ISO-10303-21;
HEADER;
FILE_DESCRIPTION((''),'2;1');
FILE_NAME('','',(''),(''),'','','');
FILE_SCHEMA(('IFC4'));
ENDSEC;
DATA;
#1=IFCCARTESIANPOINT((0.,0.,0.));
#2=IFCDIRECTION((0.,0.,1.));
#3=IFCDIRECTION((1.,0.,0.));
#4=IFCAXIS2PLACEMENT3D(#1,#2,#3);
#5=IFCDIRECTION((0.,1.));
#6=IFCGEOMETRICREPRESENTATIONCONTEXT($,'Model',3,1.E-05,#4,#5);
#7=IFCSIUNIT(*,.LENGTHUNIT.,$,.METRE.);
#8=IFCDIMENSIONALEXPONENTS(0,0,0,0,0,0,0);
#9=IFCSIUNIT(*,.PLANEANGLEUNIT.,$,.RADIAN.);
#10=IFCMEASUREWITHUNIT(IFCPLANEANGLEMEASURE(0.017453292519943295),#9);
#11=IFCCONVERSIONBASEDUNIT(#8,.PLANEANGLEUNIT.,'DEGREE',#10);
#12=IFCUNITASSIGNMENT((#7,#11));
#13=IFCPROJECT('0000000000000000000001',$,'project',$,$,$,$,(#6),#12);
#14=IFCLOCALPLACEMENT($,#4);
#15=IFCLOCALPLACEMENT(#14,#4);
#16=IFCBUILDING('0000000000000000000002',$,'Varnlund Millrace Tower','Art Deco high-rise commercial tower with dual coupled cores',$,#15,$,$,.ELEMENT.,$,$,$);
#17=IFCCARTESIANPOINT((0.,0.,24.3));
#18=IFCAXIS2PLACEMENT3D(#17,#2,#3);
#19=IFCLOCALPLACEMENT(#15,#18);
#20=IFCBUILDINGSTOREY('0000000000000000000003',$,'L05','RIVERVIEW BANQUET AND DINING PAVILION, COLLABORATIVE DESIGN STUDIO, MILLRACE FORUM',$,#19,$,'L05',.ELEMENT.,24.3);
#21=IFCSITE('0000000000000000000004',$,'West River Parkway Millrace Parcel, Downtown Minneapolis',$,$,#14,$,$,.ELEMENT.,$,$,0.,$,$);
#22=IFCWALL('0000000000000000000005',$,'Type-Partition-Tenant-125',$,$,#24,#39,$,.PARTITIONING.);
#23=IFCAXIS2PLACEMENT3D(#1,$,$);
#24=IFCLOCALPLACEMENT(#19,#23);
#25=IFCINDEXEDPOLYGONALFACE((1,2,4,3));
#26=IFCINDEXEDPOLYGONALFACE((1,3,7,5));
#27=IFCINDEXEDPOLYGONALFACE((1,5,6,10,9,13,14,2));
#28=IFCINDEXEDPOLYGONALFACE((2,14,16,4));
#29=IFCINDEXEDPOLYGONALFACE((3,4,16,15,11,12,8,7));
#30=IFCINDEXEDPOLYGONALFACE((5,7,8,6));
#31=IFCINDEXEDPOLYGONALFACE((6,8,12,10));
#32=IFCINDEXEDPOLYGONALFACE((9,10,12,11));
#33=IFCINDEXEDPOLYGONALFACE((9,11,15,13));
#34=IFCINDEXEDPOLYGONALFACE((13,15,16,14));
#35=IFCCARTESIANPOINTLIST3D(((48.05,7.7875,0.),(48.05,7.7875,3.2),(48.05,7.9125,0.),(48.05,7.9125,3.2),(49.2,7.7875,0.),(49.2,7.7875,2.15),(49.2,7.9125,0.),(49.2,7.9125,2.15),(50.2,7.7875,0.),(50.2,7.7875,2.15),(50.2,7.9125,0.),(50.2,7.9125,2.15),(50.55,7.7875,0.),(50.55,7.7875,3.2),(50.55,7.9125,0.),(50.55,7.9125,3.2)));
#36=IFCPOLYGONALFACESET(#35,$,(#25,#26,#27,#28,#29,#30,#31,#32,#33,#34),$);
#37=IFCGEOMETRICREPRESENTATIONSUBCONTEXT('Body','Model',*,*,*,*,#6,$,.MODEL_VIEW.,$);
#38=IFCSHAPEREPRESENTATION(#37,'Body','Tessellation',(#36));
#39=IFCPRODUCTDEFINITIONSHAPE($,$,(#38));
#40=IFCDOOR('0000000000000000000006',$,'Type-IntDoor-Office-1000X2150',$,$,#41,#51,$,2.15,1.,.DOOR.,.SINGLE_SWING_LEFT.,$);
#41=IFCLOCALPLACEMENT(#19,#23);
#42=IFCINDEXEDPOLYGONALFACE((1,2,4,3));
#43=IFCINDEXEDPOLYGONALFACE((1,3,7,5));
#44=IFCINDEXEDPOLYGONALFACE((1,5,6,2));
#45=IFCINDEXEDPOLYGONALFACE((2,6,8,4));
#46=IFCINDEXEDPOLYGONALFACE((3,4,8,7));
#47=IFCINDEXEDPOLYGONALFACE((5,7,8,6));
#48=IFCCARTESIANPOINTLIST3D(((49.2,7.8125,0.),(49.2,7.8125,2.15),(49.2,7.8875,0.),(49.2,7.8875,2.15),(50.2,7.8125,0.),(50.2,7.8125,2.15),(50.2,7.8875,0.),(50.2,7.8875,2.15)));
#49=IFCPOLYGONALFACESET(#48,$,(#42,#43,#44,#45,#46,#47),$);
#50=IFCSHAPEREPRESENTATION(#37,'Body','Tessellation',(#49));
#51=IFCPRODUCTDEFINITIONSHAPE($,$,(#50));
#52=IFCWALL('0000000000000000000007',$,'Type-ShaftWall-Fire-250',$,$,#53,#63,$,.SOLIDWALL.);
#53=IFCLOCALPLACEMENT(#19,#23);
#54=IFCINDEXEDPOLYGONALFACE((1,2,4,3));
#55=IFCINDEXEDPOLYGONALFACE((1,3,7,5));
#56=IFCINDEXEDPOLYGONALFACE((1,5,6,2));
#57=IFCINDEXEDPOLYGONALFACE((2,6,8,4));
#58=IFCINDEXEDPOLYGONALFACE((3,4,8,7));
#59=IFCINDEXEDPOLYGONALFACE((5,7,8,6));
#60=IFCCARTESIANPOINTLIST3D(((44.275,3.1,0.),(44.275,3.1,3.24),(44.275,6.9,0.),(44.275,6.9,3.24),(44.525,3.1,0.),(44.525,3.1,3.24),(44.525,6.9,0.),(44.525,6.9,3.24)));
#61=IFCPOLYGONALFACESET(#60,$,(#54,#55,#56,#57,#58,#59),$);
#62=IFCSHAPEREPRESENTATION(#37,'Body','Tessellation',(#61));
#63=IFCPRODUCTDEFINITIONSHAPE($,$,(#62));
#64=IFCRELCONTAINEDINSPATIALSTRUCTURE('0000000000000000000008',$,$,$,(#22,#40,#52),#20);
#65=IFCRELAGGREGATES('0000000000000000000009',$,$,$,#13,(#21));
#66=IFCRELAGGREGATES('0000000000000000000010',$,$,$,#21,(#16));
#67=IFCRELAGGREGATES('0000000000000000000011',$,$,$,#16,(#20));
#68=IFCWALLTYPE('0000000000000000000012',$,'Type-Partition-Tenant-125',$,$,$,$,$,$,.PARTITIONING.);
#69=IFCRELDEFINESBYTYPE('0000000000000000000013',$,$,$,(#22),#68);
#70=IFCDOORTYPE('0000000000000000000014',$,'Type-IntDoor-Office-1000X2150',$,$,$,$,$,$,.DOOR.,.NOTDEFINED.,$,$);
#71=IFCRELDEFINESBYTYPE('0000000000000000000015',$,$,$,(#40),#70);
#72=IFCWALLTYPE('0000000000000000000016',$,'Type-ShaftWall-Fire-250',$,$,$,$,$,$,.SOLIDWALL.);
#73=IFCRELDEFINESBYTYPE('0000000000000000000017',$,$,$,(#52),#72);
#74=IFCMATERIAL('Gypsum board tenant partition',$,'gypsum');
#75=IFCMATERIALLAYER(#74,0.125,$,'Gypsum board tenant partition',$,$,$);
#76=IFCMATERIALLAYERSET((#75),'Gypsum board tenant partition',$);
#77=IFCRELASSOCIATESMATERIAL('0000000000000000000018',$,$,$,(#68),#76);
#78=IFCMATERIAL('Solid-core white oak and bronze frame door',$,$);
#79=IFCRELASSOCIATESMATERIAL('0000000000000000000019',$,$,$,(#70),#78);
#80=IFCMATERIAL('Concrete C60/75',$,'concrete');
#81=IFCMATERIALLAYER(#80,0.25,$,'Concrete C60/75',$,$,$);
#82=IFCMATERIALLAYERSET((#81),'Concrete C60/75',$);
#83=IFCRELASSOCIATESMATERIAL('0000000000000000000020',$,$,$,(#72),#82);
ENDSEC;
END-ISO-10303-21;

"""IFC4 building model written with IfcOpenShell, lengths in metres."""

from ifc_helpers import new_model, entity, si_unit, converted_unit, direction, frame, origin_with_axes, origin_2d_with_axis, place, context, subcontext, project, spatial, polyline, rectangle, outline, extrude, material, layer, layer_set, type_object, element, fill, save


model = new_model("IFC4")

# Units and contexts
model_context = context("Model", 3, precision=1e-05, world=origin_with_axes(), true_north=direction((0.0, 1.0)))
body_context = subcontext(model_context, "Body", "Model", "MODEL_VIEW")
ifc_project = project(units=[si_unit("LENGTHUNIT", "METRE"), converted_unit("PLANEANGLEUNIT", "DEGREE", entity("IfcPlaneAngleMeasure", 0.017453292519943295), si_unit("PLANEANGLEUNIT", "RADIAN"), dimensions=[0, 0, 0, 0, 0, 0, 0])], contexts=[model_context])

# Site, building, storey
site_placement = place(None, origin_with_axes())
site = spatial("IfcSite", under=ifc_project, at=site_placement, Name="West River Parkway Millrace Parcel, Downtown Minneapolis", CompositionType="ELEMENT", RefElevation=0.0)
building_placement = place(site_placement, origin_with_axes())
building = spatial("IfcBuilding", under=site, at=building_placement, Name="Varnlund Millrace Tower", Description="Art Deco high-rise commercial tower with dual coupled cores", CompositionType="ELEMENT")
storey_placement = place(building_placement, frame((0.0, 0.0, 24.3), z_axis=(0.0, 0.0, 1.0), x_axis=(1.0, 0.0, 0.0)))
storey = spatial("IfcBuildingStorey", under=building, at=storey_placement, Name="L05", Description="RIVERVIEW BANQUET AND DINING PAVILION, COLLABORATIVE DESIGN STUDIO, MILLRACE FORUM", LongName="L05", CompositionType="ELEMENT", Elevation=24.3)

# Wall, opening, door
ifc_material_1 = material(Name="Gypsum board tenant partition", Category="gypsum")
ifc_layer_1 = layer(ifc_material_1, 0.125, Name="Gypsum board tenant partition")
ifc_layer_set_1 = layer_set([ifc_layer_1], Name="Gypsum board tenant partition")
wall_type_1 = type_object("IfcWallType", Name="Type-Partition-Tenant-125", PredefinedType="PARTITIONING", material=ifc_layer_set_1)
wall_1_placement = place(storey_placement, frame((48.05, 7.85, 0.0), z_axis=(0.0, 0.0, 1.0), x_axis=(1.0, 0.0, 0.0)))
wall_1 = element("IfcWall", 1, at=wall_1_placement, inside=storey, type_object=wall_type_1, Name="Type-Partition-Tenant-125", PredefinedType="PARTITIONING", context=body_context, shape_type="SweptSolid", body=[
    extrude(outline(polyline([(0.0, -0.0625), (2.5, -0.0625), (2.5, 0.0625), (0.0, 0.0625), (0.0, -0.0625)])), origin_with_axes(), (0.0, 0.0, 1.0), 3.2),
])
opening_1_placement = place(wall_1_placement, frame((1.65, 0.0, 0.0), z_axis=(0.0, 0.0, 1.0), x_axis=(1.0, 0.0, 0.0)))
opening_1 = element("IfcOpeningElement", 2, at=opening_1_placement, cuts=wall_1, PredefinedType="OPENING", context=body_context, shape_type="SweptSolid", body=[
    extrude(rectangle(XDim=1.0, YDim=0.145, at=origin_2d_with_axis()), origin_with_axes(), (0.0, 0.0, 1.0), 2.15),
])
ifc_material_2 = material(Name="Solid-core white oak and bronze frame door")
door_type_1 = type_object("IfcDoorType", Name="Type-IntDoor-Office-1000X2150", OperationType="NOTDEFINED", PredefinedType="DOOR", material=ifc_material_2)
door_1_placement = place(wall_1_placement, frame((1.65, 0.0, 0.0), z_axis=(0.0, 0.0, 1.0), x_axis=(1.0, 0.0, 0.0)))
door_1 = element("IfcDoor", 3, at=door_1_placement, inside=storey, type_object=door_type_1, Name="Type-IntDoor-Office-1000X2150", OperationType="SINGLE_SWING_LEFT", OverallHeight=2.15, OverallWidth=1.0, PredefinedType="DOOR", context=body_context, shape_type="SweptSolid", body=[
    extrude(rectangle(XDim=1.0, YDim=0.075, at=origin_2d_with_axis()), origin_with_axes(), (0.0, 0.0, 1.0), 2.15),
])
fill(opening_1, door_1)

# Wall
ifc_material_3 = material(Name="Concrete C60/75", Category="concrete")
ifc_layer_2 = layer(ifc_material_3, 0.25, Name="Concrete C60/75")
ifc_layer_set_2 = layer_set([ifc_layer_2], Name="Concrete C60/75")
wall_type_2 = type_object("IfcWallType", Name="Type-ShaftWall-Fire-250", PredefinedType="SOLIDWALL", material=ifc_layer_set_2)
wall_2_placement = place(storey_placement, frame((44.4, 3.1, 0.0), z_axis=(0.0, 0.0, 1.0), x_axis=(0.0, 1.0, 0.0)))
element("IfcWall", 4, at=wall_2_placement, inside=storey, type_object=wall_type_2, Name="Type-ShaftWall-Fire-250", PredefinedType="SOLIDWALL", context=body_context, shape_type="SweptSolid", body=[
    extrude(outline(polyline([(0.0, -0.125), (3.8, -0.125), (3.8, 0.125), (0.0, 0.125), (0.0, -0.125)])), origin_with_axes(), (0.0, 0.0, 1.0), 3.24),
])

save(model, "model.ifc")
